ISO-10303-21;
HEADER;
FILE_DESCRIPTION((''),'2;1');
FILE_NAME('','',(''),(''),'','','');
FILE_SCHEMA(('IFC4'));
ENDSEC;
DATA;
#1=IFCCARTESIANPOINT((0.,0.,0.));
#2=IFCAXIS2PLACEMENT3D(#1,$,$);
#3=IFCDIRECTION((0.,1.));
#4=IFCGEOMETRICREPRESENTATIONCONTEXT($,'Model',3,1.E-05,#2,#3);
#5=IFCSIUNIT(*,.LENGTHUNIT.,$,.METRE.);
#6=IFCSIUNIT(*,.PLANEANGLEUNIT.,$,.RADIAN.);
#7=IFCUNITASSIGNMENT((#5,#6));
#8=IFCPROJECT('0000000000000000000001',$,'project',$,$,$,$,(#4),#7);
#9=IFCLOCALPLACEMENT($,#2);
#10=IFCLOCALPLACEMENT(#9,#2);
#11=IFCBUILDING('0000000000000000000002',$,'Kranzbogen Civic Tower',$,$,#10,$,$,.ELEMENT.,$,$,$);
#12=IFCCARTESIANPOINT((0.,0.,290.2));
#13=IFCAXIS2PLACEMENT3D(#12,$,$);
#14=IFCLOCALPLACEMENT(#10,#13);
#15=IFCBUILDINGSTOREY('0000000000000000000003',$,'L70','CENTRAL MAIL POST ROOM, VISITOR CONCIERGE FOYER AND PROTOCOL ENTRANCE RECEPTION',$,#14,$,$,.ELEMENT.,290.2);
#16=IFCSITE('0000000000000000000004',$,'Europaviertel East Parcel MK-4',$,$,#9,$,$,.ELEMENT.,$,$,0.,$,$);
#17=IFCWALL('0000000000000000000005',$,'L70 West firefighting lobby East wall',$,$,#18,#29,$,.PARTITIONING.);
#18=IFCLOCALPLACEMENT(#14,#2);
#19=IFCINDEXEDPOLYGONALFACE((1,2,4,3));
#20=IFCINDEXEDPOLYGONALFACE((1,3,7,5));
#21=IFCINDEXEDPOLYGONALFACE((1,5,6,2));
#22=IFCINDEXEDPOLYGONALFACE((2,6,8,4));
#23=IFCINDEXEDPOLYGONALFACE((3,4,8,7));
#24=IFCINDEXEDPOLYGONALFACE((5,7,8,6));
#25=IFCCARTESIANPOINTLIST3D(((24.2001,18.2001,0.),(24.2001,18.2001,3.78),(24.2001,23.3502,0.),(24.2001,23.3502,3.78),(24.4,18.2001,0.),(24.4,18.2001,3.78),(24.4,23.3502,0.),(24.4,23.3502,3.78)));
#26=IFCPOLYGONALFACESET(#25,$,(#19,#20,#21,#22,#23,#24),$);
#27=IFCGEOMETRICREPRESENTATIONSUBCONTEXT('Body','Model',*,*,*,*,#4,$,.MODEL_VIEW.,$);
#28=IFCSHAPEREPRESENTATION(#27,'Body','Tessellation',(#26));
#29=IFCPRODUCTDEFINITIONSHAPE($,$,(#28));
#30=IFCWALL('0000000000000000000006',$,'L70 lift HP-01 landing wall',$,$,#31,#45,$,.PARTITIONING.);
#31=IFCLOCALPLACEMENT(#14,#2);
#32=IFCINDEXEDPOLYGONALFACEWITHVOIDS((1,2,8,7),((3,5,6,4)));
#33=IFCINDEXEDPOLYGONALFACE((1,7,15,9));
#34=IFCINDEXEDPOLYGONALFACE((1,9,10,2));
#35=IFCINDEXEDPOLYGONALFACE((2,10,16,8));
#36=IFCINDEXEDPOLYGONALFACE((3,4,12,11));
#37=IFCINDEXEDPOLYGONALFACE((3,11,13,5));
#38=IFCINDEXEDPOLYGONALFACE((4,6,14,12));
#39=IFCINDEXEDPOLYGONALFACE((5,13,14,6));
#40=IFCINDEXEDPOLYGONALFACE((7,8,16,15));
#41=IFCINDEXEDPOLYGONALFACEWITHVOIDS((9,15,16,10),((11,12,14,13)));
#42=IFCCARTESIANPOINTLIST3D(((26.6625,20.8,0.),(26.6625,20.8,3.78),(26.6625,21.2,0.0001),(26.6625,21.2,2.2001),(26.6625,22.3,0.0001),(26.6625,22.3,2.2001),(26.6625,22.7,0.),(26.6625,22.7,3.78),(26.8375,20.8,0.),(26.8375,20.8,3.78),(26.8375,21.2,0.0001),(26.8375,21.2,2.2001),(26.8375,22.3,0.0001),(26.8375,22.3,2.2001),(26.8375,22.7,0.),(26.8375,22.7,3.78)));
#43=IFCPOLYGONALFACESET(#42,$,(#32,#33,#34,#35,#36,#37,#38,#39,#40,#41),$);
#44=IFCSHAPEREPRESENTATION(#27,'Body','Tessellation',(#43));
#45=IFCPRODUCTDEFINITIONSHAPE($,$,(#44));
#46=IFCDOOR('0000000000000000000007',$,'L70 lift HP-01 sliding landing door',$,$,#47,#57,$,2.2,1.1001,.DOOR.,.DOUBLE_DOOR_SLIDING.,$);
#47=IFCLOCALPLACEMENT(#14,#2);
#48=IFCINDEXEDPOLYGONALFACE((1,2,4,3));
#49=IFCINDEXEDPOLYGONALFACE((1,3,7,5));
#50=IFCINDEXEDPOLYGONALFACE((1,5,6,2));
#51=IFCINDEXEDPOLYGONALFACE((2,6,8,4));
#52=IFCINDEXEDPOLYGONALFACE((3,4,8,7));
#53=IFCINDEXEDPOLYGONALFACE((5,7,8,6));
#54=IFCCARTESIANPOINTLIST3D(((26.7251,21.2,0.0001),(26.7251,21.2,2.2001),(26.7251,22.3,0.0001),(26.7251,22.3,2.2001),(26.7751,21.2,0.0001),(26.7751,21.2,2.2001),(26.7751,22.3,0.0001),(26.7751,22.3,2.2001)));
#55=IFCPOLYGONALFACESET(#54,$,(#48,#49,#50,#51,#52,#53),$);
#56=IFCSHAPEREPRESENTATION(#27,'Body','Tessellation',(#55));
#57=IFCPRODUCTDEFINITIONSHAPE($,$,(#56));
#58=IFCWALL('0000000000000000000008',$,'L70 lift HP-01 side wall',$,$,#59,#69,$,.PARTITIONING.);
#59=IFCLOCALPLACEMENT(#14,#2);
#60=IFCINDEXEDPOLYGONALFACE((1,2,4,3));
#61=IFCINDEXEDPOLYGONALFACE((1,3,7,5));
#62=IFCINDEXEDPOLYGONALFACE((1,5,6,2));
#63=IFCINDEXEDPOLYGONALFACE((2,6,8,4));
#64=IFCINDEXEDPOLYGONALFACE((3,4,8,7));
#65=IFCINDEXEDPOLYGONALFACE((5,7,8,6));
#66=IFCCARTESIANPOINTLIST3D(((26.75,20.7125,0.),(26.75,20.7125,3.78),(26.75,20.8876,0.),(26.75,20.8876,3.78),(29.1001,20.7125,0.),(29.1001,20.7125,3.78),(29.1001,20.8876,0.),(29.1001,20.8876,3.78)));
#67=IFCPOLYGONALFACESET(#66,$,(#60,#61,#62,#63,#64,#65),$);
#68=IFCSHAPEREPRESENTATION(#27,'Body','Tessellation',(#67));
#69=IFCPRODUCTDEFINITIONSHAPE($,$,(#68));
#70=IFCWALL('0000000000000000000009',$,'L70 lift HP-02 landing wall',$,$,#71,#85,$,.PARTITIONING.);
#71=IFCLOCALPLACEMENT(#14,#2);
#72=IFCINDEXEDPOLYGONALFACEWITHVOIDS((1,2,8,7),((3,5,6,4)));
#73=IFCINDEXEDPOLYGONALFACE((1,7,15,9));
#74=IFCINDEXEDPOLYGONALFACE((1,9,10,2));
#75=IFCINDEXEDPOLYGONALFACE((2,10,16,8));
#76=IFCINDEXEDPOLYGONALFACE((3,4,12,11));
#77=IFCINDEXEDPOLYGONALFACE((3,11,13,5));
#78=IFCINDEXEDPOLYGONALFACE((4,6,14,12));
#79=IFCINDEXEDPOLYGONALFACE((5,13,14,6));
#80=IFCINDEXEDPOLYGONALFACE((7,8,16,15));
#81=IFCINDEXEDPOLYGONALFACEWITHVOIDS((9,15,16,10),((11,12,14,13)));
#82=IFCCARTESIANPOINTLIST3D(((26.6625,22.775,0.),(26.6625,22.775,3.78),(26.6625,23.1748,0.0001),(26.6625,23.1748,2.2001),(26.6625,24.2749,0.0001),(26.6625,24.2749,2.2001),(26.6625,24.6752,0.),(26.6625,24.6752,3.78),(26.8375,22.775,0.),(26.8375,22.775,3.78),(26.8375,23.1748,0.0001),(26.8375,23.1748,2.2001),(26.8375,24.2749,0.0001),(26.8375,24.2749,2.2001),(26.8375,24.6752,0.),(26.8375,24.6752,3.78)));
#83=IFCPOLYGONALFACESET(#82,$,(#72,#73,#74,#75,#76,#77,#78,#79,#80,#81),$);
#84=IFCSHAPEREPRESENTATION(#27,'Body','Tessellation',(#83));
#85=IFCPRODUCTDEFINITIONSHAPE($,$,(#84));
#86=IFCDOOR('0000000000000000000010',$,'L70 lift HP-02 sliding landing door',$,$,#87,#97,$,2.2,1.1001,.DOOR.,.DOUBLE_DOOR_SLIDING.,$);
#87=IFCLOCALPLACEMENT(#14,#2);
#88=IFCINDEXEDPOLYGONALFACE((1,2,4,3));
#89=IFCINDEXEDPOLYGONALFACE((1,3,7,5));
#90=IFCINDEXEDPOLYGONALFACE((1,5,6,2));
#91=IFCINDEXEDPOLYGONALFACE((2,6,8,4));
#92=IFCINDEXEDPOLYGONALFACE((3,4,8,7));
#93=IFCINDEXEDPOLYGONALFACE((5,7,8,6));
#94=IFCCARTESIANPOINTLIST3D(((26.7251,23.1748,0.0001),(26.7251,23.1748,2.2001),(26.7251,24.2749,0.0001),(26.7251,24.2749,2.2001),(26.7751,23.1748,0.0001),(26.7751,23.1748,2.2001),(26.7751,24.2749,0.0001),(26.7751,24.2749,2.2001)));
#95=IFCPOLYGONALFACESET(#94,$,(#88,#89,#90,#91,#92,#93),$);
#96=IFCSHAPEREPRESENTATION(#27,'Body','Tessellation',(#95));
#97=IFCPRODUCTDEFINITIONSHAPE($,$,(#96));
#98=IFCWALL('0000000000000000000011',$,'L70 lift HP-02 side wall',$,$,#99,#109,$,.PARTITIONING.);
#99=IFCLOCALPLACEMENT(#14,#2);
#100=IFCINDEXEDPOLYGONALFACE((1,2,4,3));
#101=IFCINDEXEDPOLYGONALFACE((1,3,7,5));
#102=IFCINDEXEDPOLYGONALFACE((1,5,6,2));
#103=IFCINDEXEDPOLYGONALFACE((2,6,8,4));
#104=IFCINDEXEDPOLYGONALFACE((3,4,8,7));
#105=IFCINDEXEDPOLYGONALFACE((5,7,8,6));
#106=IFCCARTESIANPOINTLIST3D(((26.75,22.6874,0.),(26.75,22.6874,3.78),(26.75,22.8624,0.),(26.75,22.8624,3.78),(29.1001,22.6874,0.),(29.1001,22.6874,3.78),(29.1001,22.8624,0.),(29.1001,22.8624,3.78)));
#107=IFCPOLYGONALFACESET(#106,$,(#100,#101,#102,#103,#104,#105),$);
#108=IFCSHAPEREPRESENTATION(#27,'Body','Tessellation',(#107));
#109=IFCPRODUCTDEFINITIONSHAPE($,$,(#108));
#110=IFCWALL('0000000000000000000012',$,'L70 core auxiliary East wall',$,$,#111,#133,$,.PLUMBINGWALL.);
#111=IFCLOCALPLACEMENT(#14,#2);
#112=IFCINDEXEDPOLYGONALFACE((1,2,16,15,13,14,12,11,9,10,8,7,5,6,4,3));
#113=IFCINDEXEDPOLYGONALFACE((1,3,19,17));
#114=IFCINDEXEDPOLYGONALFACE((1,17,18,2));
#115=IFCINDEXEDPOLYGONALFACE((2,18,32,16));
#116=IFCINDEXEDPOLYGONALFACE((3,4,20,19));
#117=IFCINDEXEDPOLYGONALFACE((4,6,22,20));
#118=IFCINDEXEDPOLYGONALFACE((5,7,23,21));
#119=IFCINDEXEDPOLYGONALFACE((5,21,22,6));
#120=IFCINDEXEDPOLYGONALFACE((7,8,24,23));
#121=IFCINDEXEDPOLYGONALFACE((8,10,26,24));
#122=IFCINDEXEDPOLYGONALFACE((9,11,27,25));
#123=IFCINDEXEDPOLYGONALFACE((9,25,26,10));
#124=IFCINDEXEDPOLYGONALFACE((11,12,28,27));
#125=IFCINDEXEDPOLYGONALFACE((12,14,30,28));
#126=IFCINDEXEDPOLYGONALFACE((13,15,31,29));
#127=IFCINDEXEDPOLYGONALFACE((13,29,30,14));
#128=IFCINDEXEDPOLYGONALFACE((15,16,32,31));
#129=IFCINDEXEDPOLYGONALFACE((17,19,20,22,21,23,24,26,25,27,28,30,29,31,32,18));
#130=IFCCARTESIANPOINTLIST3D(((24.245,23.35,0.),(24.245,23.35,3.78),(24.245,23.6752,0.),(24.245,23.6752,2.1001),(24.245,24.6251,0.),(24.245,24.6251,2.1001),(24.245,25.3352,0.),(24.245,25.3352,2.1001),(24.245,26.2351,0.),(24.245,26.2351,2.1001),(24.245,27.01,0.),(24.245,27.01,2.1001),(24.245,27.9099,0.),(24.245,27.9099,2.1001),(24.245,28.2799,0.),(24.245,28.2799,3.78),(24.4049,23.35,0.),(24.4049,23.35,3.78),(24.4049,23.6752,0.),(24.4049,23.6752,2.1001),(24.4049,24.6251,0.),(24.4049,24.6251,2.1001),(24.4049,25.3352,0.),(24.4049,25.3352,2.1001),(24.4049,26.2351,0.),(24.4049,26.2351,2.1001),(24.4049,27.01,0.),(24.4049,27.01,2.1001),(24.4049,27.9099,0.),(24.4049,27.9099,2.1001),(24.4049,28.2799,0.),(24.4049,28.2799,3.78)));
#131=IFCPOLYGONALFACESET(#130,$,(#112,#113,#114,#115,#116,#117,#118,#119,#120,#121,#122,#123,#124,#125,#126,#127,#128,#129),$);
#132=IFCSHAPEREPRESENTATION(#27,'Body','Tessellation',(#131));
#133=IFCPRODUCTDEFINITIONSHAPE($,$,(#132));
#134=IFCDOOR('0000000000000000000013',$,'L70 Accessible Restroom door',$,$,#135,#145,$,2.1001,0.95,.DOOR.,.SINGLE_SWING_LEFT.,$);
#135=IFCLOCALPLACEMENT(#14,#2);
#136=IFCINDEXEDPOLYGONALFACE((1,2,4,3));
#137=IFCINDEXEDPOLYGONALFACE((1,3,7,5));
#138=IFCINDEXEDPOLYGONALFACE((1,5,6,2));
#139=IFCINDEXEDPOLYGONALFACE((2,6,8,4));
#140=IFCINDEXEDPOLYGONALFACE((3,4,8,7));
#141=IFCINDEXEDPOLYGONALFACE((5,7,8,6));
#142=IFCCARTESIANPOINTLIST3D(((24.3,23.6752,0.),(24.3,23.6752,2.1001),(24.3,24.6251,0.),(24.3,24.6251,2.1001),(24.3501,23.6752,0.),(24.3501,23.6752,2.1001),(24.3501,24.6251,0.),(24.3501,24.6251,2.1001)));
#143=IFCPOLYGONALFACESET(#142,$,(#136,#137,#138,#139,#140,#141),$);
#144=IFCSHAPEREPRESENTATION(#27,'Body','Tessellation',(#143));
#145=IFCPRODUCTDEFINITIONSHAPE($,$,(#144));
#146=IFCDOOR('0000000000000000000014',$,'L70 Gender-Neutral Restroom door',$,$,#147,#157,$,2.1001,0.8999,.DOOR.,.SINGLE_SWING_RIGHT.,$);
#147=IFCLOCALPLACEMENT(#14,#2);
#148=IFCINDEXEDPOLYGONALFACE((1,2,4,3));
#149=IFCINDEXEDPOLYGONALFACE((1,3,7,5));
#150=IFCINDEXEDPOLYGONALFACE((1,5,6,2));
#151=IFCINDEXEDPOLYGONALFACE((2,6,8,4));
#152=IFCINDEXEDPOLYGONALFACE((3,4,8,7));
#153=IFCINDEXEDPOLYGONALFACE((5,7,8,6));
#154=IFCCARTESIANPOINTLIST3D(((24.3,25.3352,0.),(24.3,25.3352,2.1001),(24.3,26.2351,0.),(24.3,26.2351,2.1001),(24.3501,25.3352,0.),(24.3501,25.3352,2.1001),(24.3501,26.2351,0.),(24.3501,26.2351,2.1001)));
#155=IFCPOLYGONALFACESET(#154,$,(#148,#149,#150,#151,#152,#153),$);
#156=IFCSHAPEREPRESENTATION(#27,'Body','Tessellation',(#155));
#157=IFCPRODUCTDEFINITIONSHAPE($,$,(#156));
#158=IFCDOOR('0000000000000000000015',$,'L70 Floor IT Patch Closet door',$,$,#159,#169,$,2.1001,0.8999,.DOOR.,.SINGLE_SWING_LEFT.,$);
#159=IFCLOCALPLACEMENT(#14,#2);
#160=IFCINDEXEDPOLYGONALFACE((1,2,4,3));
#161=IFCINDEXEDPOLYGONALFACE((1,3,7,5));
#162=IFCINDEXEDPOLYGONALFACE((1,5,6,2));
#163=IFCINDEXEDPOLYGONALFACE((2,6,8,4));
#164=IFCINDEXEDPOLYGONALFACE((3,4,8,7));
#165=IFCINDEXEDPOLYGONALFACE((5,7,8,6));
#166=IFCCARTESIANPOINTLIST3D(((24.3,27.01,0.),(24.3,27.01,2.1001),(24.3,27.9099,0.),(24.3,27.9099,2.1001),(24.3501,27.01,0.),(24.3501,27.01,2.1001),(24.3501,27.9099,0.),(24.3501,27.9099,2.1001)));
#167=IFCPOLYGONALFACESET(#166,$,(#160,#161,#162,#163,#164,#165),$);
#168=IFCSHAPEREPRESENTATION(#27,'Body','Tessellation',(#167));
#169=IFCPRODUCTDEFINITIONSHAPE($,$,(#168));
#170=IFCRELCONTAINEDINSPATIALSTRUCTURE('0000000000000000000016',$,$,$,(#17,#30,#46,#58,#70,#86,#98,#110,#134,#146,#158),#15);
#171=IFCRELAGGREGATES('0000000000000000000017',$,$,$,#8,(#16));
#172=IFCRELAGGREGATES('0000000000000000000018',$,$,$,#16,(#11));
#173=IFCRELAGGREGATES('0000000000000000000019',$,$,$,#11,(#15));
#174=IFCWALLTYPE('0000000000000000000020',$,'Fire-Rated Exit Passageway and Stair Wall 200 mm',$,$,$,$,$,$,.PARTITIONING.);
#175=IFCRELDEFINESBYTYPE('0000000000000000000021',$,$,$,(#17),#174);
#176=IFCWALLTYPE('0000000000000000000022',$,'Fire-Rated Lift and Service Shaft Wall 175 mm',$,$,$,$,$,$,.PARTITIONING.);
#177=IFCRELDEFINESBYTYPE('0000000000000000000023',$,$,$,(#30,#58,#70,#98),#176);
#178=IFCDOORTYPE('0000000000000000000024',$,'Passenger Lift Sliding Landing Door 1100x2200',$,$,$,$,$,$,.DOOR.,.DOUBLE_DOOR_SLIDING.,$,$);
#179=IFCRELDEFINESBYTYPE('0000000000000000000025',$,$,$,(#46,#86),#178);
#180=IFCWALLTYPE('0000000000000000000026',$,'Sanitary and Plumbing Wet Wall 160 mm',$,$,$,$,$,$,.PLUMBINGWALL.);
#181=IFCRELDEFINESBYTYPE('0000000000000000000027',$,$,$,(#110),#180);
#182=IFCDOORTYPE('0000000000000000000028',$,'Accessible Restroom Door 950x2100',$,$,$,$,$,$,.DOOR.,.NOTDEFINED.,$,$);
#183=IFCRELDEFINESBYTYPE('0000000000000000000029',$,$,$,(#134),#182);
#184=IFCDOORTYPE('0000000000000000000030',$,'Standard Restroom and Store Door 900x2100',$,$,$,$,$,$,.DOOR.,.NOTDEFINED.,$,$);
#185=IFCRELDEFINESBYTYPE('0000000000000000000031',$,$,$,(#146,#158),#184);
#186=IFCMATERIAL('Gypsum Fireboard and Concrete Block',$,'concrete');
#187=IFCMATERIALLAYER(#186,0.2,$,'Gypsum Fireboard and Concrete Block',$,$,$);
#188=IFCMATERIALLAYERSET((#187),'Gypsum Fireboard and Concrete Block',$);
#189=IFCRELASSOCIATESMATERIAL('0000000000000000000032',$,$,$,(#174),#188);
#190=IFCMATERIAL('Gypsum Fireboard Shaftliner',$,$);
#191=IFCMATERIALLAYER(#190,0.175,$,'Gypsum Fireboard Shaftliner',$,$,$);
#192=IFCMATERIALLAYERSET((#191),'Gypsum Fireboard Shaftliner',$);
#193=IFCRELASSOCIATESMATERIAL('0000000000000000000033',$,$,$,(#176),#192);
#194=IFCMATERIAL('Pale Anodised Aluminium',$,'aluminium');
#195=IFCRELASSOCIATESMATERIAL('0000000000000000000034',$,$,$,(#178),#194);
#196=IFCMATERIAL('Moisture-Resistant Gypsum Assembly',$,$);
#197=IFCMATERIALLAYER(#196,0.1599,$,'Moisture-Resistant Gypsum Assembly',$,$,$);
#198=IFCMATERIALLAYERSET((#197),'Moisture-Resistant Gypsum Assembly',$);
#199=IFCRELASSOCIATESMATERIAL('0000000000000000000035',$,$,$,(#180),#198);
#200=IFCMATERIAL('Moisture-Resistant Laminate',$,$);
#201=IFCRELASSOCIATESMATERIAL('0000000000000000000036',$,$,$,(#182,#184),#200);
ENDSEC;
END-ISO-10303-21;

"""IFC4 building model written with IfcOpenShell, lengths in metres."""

from ifc_helpers import new_model, si_unit, direction, frame, frame_2d, origin, place, context, subcontext, project, spatial, rectangle, extrude, material, layer, layer_set, type_object, element, fill, save


model = new_model("IFC4")

# Units and contexts
model_context = context("Model", 3, precision=1e-05, world=origin(), true_north=direction((0.0, 1.0)))
body_context = subcontext(model_context, "Body", "Model", "MODEL_VIEW")
ifc_project = project(units=[si_unit("LENGTHUNIT", "METRE"), si_unit("PLANEANGLEUNIT", "RADIAN")], contexts=[model_context])

# Site, building, storey
site_placement = place(None, origin())
site = spatial("IfcSite", under=ifc_project, at=site_placement, Name="Europaviertel East Parcel MK-4", CompositionType="ELEMENT", RefElevation=0.0)
building_placement = place(site_placement, origin())
building = spatial("IfcBuilding", under=site, at=building_placement, Name="Kranzbogen Civic Tower", CompositionType="ELEMENT")
storey_placement = place(building_placement, frame((0.0, 0.0, 290.2)))
storey = spatial("IfcBuildingStorey", under=building, at=storey_placement, Name="L70", Description="CENTRAL MAIL POST ROOM, VISITOR CONCIERGE FOYER AND PROTOCOL ENTRANCE RECEPTION", CompositionType="ELEMENT", Elevation=290.2)

# Wall
ifc_material_1 = material(Name="Gypsum Fireboard and Concrete Block", Category="concrete")
ifc_layer_1 = layer(ifc_material_1, 0.2, Name="Gypsum Fireboard and Concrete Block")
ifc_layer_set_1 = layer_set([ifc_layer_1], Name="Gypsum Fireboard and Concrete Block")
wall_type_1 = type_object("IfcWallType", Name="Fire-Rated Exit Passageway and Stair Wall 200 mm", PredefinedType="PARTITIONING", material=ifc_layer_set_1)
wall_1_placement = place(storey_placement, frame((24.3, 18.2, 0.0), z_axis=(0.0, 0.0, 1.0), x_axis=(0.0, 1.0, 0.0)))
element("IfcWall", 1, at=wall_1_placement, inside=storey, type_object=wall_type_1, Name="L70 West firefighting lobby East wall", PredefinedType="PARTITIONING", context=body_context, shape_type="SweptSolid", body=[
    extrude(rectangle(XDim=5.1501, YDim=0.2, at=frame_2d((2.5752, 0.0))), origin(), (0.0, 0.0, 1.0), 3.78),
])

# Wall, opening, door
ifc_material_2 = material(Name="Gypsum Fireboard Shaftliner")
ifc_layer_2 = layer(ifc_material_2, 0.175, Name="Gypsum Fireboard Shaftliner")
ifc_layer_set_2 = layer_set([ifc_layer_2], Name="Gypsum Fireboard Shaftliner")
wall_type_2 = type_object("IfcWallType", Name="Fire-Rated Lift and Service Shaft Wall 175 mm", PredefinedType="PARTITIONING", material=ifc_layer_set_2)
wall_2_placement = place(storey_placement, frame((26.75, 20.8, 0.0), z_axis=(0.0, 0.0, 1.0), x_axis=(0.0, 1.0, 0.0)))
wall_2 = element("IfcWall", 2, at=wall_2_placement, inside=storey, type_object=wall_type_2, Name="L70 lift HP-01 landing wall", PredefinedType="PARTITIONING", context=body_context, shape_type="SweptSolid", body=[
    extrude(rectangle(XDim=1.8999, YDim=0.175, at=frame_2d((0.95, 0.0))), origin(), (0.0, 0.0, 1.0), 3.78),
])
opening_1_placement = place(wall_2_placement, frame((0.3999, 0.0, 0.0)))
opening_1 = element("IfcOpeningElement", 3, at=opening_1_placement, cuts=wall_2, PredefinedType="OPENING", context=body_context, shape_type="SweptSolid", body=[
    extrude(rectangle(XDim=1.1001, YDim=2.2, at=frame_2d((0.55, 1.1001))), frame((0.0, 0.0977, 0.0), z_axis=(0.0, -1.0, 0.0), x_axis=(1.0, 0.0, 0.0)), (0.0, 0.0, 1.0), 0.1951),
])
ifc_material_3 = material(Name="Pale Anodised Aluminium", Category="aluminium")
door_type_1 = type_object("IfcDoorType", Name="Passenger Lift Sliding Landing Door 1100x2200", OperationType="DOUBLE_DOOR_SLIDING", PredefinedType="DOOR", material=ifc_material_3)
door_1_placement = place(opening_1_placement, origin())
door_1 = element("IfcDoor", 4, at=door_1_placement, inside=storey, type_object=door_type_1, Name="L70 lift HP-01 sliding landing door", OperationType="DOUBLE_DOOR_SLIDING", OverallHeight=2.2, OverallWidth=1.1001, PredefinedType="DOOR", context=body_context, shape_type="SweptSolid", body=[
    extrude(rectangle(XDim=1.1001, YDim=2.2, at=frame_2d((0.55, 1.1001))), frame((0.0, 0.0249, 0.0), z_axis=(0.0, -1.0, 0.0), x_axis=(1.0, 0.0, 0.0)), (0.0, 0.0, 1.0), 0.05),
])
fill(opening_1, door_1)

# Wall
wall_3_placement = place(storey_placement, frame((26.75, 20.8, 0.0), z_axis=(0.0, 0.0, 1.0), x_axis=(1.0, 0.0, 0.0)))
element("IfcWall", 5, at=wall_3_placement, inside=storey, type_object=wall_type_2, Name="L70 lift HP-01 side wall", PredefinedType="PARTITIONING", context=body_context, shape_type="SweptSolid", body=[
    extrude(rectangle(XDim=2.3501, YDim=0.175, at=frame_2d((1.175, 0.0))), origin(), (0.0, 0.0, 1.0), 3.78),
])

# Wall, opening, door
wall_4_placement = place(storey_placement, frame((26.75, 22.7749, 0.0), z_axis=(0.0, 0.0, 1.0), x_axis=(0.0, 1.0, 0.0)))
wall_4 = element("IfcWall", 6, at=wall_4_placement, inside=storey, type_object=wall_type_2, Name="L70 lift HP-02 landing wall", PredefinedType="PARTITIONING", context=body_context, shape_type="SweptSolid", body=[
    extrude(rectangle(XDim=1.9001, YDim=0.175, at=frame_2d((0.9502, 0.0))), origin(), (0.0, 0.0, 1.0), 3.78),
])
opening_2_placement = place(wall_4_placement, frame((0.3999, 0.0, 0.0)))
opening_2 = element("IfcOpeningElement", 7, at=opening_2_placement, cuts=wall_4, PredefinedType="OPENING", context=body_context, shape_type="SweptSolid", body=[
    extrude(rectangle(XDim=1.1001, YDim=2.2, at=frame_2d((0.55, 1.1001))), frame((0.0, 0.0977, 0.0), z_axis=(0.0, -1.0, 0.0), x_axis=(1.0, 0.0, 0.0)), (0.0, 0.0, 1.0), 0.1951),
])
door_2_placement = place(opening_2_placement, origin())
door_2 = element("IfcDoor", 8, at=door_2_placement, inside=storey, type_object=door_type_1, Name="L70 lift HP-02 sliding landing door", OperationType="DOUBLE_DOOR_SLIDING", OverallHeight=2.2, OverallWidth=1.1001, PredefinedType="DOOR", context=body_context, shape_type="SweptSolid", body=[
    extrude(rectangle(XDim=1.1001, YDim=2.2, at=frame_2d((0.55, 1.1001))), frame((0.0, 0.0249, 0.0), z_axis=(0.0, -1.0, 0.0), x_axis=(1.0, 0.0, 0.0)), (0.0, 0.0, 1.0), 0.05),
])
fill(opening_2, door_2)

# Wall
wall_5_placement = place(storey_placement, frame((26.75, 22.7749, 0.0), z_axis=(0.0, 0.0, 1.0), x_axis=(1.0, 0.0, 0.0)))
element("IfcWall", 9, at=wall_5_placement, inside=storey, type_object=wall_type_2, Name="L70 lift HP-02 side wall", PredefinedType="PARTITIONING", context=body_context, shape_type="SweptSolid", body=[
    extrude(rectangle(XDim=2.3501, YDim=0.175, at=frame_2d((1.175, 0.0))), origin(), (0.0, 0.0, 1.0), 3.78),
])

# Wall, openings, doors
ifc_material_4 = material(Name="Moisture-Resistant Gypsum Assembly")
ifc_layer_3 = layer(ifc_material_4, 0.1599, Name="Moisture-Resistant Gypsum Assembly")
ifc_layer_set_3 = layer_set([ifc_layer_3], Name="Moisture-Resistant Gypsum Assembly")
wall_type_3 = type_object("IfcWallType", Name="Sanitary and Plumbing Wet Wall 160 mm", PredefinedType="PLUMBINGWALL", material=ifc_layer_set_3)
wall_6_placement = place(storey_placement, frame((24.325, 23.3501, 0.0), z_axis=(0.0, 0.0, 1.0), x_axis=(0.0, 1.0, 0.0)))
wall_6 = element("IfcWall", 10, at=wall_6_placement, inside=storey, type_object=wall_type_3, Name="L70 core auxiliary East wall", PredefinedType="PLUMBINGWALL", context=body_context, shape_type="SweptSolid", body=[
    extrude(rectangle(XDim=4.9299, YDim=0.1599, at=frame_2d((2.4648, 0.0))), origin(), (0.0, 0.0, 1.0), 3.78),
])
opening_3_placement = place(wall_6_placement, frame((0.325, 0.0, 0.0)))
opening_3 = element("IfcOpeningElement", 11, at=opening_3_placement, cuts=wall_6, PredefinedType="OPENING", context=body_context, shape_type="SweptSolid", body=[
    extrude(rectangle(XDim=0.95, YDim=2.1001, at=frame_2d((0.4751, 1.05))), frame((0.0, 0.0898, 0.0), z_axis=(0.0, -1.0, 0.0), x_axis=(1.0, 0.0, 0.0)), (0.0, 0.0, 1.0), 0.1799),
])
opening_4_placement = place(wall_6_placement, frame((1.9851, 0.0, 0.0)))
opening_4 = element("IfcOpeningElement", 12, at=opening_4_placement, cuts=wall_6, PredefinedType="OPENING", context=body_context, shape_type="SweptSolid", body=[
    extrude(rectangle(XDim=0.8999, YDim=2.1001, at=frame_2d((0.45, 1.05))), frame((0.0, 0.0898, 0.0), z_axis=(0.0, -1.0, 0.0), x_axis=(1.0, 0.0, 0.0)), (0.0, 0.0, 1.0), 0.1799),
])
opening_5_placement = place(wall_6_placement, frame((3.6599, 0.0, 0.0)))
opening_5 = element("IfcOpeningElement", 13, at=opening_5_placement, cuts=wall_6, PredefinedType="OPENING", context=body_context, shape_type="SweptSolid", body=[
    extrude(rectangle(XDim=0.8999, YDim=2.1001, at=frame_2d((0.45, 1.05))), frame((0.0, 0.0898, 0.0), z_axis=(0.0, -1.0, 0.0), x_axis=(1.0, 0.0, 0.0)), (0.0, 0.0, 1.0), 0.1799),
])
ifc_material_5 = material(Name="Moisture-Resistant Laminate")
door_type_2 = type_object("IfcDoorType", Name="Accessible Restroom Door 950x2100", OperationType="NOTDEFINED", PredefinedType="DOOR", material=ifc_material_5)
door_3_placement = place(opening_3_placement, origin())
door_3 = element("IfcDoor", 14, at=door_3_placement, inside=storey, type_object=door_type_2, Name="L70 Accessible Restroom door", OperationType="SINGLE_SWING_LEFT", OverallHeight=2.1001, OverallWidth=0.95, PredefinedType="DOOR", context=body_context, shape_type="SweptSolid", body=[
    extrude(rectangle(XDim=0.95, YDim=2.1001, at=frame_2d((0.4751, 1.05))), frame((0.0, 0.0249, 0.0), z_axis=(0.0, -1.0, 0.0), x_axis=(1.0, 0.0, 0.0)), (0.0, 0.0, 1.0), 0.05),
])
fill(opening_3, door_3)
door_type_3 = type_object("IfcDoorType", Name="Standard Restroom and Store Door 900x2100", OperationType="NOTDEFINED", PredefinedType="DOOR", material=ifc_material_5)
door_4_placement = place(opening_4_placement, origin())
door_4 = element("IfcDoor", 15, at=door_4_placement, inside=storey, type_object=door_type_3, Name="L70 Gender-Neutral Restroom door", OperationType="SINGLE_SWING_RIGHT", OverallHeight=2.1001, OverallWidth=0.8999, PredefinedType="DOOR", context=body_context, shape_type="SweptSolid", body=[
    extrude(rectangle(XDim=0.8999, YDim=2.1001, at=frame_2d((0.45, 1.05))), frame((0.0, 0.0249, 0.0), z_axis=(0.0, -1.0, 0.0), x_axis=(1.0, 0.0, 0.0)), (0.0, 0.0, 1.0), 0.05),
])
fill(opening_4, door_4)
door_5_placement = place(opening_5_placement, origin())
door_5 = element("IfcDoor", 16, at=door_5_placement, inside=storey, type_object=door_type_3, Name="L70 Floor IT Patch Closet door", OperationType="SINGLE_SWING_LEFT", OverallHeight=2.1001, OverallWidth=0.8999, PredefinedType="DOOR", context=body_context, shape_type="SweptSolid", body=[
    extrude(rectangle(XDim=0.8999, YDim=2.1001, at=frame_2d((0.45, 1.05))), frame((0.0, 0.0249, 0.0), z_axis=(0.0, -1.0, 0.0), x_axis=(1.0, 0.0, 0.0)), (0.0, 0.0, 1.0), 0.05),
])
fill(opening_5, door_5)

save(model, "model.ifc")
